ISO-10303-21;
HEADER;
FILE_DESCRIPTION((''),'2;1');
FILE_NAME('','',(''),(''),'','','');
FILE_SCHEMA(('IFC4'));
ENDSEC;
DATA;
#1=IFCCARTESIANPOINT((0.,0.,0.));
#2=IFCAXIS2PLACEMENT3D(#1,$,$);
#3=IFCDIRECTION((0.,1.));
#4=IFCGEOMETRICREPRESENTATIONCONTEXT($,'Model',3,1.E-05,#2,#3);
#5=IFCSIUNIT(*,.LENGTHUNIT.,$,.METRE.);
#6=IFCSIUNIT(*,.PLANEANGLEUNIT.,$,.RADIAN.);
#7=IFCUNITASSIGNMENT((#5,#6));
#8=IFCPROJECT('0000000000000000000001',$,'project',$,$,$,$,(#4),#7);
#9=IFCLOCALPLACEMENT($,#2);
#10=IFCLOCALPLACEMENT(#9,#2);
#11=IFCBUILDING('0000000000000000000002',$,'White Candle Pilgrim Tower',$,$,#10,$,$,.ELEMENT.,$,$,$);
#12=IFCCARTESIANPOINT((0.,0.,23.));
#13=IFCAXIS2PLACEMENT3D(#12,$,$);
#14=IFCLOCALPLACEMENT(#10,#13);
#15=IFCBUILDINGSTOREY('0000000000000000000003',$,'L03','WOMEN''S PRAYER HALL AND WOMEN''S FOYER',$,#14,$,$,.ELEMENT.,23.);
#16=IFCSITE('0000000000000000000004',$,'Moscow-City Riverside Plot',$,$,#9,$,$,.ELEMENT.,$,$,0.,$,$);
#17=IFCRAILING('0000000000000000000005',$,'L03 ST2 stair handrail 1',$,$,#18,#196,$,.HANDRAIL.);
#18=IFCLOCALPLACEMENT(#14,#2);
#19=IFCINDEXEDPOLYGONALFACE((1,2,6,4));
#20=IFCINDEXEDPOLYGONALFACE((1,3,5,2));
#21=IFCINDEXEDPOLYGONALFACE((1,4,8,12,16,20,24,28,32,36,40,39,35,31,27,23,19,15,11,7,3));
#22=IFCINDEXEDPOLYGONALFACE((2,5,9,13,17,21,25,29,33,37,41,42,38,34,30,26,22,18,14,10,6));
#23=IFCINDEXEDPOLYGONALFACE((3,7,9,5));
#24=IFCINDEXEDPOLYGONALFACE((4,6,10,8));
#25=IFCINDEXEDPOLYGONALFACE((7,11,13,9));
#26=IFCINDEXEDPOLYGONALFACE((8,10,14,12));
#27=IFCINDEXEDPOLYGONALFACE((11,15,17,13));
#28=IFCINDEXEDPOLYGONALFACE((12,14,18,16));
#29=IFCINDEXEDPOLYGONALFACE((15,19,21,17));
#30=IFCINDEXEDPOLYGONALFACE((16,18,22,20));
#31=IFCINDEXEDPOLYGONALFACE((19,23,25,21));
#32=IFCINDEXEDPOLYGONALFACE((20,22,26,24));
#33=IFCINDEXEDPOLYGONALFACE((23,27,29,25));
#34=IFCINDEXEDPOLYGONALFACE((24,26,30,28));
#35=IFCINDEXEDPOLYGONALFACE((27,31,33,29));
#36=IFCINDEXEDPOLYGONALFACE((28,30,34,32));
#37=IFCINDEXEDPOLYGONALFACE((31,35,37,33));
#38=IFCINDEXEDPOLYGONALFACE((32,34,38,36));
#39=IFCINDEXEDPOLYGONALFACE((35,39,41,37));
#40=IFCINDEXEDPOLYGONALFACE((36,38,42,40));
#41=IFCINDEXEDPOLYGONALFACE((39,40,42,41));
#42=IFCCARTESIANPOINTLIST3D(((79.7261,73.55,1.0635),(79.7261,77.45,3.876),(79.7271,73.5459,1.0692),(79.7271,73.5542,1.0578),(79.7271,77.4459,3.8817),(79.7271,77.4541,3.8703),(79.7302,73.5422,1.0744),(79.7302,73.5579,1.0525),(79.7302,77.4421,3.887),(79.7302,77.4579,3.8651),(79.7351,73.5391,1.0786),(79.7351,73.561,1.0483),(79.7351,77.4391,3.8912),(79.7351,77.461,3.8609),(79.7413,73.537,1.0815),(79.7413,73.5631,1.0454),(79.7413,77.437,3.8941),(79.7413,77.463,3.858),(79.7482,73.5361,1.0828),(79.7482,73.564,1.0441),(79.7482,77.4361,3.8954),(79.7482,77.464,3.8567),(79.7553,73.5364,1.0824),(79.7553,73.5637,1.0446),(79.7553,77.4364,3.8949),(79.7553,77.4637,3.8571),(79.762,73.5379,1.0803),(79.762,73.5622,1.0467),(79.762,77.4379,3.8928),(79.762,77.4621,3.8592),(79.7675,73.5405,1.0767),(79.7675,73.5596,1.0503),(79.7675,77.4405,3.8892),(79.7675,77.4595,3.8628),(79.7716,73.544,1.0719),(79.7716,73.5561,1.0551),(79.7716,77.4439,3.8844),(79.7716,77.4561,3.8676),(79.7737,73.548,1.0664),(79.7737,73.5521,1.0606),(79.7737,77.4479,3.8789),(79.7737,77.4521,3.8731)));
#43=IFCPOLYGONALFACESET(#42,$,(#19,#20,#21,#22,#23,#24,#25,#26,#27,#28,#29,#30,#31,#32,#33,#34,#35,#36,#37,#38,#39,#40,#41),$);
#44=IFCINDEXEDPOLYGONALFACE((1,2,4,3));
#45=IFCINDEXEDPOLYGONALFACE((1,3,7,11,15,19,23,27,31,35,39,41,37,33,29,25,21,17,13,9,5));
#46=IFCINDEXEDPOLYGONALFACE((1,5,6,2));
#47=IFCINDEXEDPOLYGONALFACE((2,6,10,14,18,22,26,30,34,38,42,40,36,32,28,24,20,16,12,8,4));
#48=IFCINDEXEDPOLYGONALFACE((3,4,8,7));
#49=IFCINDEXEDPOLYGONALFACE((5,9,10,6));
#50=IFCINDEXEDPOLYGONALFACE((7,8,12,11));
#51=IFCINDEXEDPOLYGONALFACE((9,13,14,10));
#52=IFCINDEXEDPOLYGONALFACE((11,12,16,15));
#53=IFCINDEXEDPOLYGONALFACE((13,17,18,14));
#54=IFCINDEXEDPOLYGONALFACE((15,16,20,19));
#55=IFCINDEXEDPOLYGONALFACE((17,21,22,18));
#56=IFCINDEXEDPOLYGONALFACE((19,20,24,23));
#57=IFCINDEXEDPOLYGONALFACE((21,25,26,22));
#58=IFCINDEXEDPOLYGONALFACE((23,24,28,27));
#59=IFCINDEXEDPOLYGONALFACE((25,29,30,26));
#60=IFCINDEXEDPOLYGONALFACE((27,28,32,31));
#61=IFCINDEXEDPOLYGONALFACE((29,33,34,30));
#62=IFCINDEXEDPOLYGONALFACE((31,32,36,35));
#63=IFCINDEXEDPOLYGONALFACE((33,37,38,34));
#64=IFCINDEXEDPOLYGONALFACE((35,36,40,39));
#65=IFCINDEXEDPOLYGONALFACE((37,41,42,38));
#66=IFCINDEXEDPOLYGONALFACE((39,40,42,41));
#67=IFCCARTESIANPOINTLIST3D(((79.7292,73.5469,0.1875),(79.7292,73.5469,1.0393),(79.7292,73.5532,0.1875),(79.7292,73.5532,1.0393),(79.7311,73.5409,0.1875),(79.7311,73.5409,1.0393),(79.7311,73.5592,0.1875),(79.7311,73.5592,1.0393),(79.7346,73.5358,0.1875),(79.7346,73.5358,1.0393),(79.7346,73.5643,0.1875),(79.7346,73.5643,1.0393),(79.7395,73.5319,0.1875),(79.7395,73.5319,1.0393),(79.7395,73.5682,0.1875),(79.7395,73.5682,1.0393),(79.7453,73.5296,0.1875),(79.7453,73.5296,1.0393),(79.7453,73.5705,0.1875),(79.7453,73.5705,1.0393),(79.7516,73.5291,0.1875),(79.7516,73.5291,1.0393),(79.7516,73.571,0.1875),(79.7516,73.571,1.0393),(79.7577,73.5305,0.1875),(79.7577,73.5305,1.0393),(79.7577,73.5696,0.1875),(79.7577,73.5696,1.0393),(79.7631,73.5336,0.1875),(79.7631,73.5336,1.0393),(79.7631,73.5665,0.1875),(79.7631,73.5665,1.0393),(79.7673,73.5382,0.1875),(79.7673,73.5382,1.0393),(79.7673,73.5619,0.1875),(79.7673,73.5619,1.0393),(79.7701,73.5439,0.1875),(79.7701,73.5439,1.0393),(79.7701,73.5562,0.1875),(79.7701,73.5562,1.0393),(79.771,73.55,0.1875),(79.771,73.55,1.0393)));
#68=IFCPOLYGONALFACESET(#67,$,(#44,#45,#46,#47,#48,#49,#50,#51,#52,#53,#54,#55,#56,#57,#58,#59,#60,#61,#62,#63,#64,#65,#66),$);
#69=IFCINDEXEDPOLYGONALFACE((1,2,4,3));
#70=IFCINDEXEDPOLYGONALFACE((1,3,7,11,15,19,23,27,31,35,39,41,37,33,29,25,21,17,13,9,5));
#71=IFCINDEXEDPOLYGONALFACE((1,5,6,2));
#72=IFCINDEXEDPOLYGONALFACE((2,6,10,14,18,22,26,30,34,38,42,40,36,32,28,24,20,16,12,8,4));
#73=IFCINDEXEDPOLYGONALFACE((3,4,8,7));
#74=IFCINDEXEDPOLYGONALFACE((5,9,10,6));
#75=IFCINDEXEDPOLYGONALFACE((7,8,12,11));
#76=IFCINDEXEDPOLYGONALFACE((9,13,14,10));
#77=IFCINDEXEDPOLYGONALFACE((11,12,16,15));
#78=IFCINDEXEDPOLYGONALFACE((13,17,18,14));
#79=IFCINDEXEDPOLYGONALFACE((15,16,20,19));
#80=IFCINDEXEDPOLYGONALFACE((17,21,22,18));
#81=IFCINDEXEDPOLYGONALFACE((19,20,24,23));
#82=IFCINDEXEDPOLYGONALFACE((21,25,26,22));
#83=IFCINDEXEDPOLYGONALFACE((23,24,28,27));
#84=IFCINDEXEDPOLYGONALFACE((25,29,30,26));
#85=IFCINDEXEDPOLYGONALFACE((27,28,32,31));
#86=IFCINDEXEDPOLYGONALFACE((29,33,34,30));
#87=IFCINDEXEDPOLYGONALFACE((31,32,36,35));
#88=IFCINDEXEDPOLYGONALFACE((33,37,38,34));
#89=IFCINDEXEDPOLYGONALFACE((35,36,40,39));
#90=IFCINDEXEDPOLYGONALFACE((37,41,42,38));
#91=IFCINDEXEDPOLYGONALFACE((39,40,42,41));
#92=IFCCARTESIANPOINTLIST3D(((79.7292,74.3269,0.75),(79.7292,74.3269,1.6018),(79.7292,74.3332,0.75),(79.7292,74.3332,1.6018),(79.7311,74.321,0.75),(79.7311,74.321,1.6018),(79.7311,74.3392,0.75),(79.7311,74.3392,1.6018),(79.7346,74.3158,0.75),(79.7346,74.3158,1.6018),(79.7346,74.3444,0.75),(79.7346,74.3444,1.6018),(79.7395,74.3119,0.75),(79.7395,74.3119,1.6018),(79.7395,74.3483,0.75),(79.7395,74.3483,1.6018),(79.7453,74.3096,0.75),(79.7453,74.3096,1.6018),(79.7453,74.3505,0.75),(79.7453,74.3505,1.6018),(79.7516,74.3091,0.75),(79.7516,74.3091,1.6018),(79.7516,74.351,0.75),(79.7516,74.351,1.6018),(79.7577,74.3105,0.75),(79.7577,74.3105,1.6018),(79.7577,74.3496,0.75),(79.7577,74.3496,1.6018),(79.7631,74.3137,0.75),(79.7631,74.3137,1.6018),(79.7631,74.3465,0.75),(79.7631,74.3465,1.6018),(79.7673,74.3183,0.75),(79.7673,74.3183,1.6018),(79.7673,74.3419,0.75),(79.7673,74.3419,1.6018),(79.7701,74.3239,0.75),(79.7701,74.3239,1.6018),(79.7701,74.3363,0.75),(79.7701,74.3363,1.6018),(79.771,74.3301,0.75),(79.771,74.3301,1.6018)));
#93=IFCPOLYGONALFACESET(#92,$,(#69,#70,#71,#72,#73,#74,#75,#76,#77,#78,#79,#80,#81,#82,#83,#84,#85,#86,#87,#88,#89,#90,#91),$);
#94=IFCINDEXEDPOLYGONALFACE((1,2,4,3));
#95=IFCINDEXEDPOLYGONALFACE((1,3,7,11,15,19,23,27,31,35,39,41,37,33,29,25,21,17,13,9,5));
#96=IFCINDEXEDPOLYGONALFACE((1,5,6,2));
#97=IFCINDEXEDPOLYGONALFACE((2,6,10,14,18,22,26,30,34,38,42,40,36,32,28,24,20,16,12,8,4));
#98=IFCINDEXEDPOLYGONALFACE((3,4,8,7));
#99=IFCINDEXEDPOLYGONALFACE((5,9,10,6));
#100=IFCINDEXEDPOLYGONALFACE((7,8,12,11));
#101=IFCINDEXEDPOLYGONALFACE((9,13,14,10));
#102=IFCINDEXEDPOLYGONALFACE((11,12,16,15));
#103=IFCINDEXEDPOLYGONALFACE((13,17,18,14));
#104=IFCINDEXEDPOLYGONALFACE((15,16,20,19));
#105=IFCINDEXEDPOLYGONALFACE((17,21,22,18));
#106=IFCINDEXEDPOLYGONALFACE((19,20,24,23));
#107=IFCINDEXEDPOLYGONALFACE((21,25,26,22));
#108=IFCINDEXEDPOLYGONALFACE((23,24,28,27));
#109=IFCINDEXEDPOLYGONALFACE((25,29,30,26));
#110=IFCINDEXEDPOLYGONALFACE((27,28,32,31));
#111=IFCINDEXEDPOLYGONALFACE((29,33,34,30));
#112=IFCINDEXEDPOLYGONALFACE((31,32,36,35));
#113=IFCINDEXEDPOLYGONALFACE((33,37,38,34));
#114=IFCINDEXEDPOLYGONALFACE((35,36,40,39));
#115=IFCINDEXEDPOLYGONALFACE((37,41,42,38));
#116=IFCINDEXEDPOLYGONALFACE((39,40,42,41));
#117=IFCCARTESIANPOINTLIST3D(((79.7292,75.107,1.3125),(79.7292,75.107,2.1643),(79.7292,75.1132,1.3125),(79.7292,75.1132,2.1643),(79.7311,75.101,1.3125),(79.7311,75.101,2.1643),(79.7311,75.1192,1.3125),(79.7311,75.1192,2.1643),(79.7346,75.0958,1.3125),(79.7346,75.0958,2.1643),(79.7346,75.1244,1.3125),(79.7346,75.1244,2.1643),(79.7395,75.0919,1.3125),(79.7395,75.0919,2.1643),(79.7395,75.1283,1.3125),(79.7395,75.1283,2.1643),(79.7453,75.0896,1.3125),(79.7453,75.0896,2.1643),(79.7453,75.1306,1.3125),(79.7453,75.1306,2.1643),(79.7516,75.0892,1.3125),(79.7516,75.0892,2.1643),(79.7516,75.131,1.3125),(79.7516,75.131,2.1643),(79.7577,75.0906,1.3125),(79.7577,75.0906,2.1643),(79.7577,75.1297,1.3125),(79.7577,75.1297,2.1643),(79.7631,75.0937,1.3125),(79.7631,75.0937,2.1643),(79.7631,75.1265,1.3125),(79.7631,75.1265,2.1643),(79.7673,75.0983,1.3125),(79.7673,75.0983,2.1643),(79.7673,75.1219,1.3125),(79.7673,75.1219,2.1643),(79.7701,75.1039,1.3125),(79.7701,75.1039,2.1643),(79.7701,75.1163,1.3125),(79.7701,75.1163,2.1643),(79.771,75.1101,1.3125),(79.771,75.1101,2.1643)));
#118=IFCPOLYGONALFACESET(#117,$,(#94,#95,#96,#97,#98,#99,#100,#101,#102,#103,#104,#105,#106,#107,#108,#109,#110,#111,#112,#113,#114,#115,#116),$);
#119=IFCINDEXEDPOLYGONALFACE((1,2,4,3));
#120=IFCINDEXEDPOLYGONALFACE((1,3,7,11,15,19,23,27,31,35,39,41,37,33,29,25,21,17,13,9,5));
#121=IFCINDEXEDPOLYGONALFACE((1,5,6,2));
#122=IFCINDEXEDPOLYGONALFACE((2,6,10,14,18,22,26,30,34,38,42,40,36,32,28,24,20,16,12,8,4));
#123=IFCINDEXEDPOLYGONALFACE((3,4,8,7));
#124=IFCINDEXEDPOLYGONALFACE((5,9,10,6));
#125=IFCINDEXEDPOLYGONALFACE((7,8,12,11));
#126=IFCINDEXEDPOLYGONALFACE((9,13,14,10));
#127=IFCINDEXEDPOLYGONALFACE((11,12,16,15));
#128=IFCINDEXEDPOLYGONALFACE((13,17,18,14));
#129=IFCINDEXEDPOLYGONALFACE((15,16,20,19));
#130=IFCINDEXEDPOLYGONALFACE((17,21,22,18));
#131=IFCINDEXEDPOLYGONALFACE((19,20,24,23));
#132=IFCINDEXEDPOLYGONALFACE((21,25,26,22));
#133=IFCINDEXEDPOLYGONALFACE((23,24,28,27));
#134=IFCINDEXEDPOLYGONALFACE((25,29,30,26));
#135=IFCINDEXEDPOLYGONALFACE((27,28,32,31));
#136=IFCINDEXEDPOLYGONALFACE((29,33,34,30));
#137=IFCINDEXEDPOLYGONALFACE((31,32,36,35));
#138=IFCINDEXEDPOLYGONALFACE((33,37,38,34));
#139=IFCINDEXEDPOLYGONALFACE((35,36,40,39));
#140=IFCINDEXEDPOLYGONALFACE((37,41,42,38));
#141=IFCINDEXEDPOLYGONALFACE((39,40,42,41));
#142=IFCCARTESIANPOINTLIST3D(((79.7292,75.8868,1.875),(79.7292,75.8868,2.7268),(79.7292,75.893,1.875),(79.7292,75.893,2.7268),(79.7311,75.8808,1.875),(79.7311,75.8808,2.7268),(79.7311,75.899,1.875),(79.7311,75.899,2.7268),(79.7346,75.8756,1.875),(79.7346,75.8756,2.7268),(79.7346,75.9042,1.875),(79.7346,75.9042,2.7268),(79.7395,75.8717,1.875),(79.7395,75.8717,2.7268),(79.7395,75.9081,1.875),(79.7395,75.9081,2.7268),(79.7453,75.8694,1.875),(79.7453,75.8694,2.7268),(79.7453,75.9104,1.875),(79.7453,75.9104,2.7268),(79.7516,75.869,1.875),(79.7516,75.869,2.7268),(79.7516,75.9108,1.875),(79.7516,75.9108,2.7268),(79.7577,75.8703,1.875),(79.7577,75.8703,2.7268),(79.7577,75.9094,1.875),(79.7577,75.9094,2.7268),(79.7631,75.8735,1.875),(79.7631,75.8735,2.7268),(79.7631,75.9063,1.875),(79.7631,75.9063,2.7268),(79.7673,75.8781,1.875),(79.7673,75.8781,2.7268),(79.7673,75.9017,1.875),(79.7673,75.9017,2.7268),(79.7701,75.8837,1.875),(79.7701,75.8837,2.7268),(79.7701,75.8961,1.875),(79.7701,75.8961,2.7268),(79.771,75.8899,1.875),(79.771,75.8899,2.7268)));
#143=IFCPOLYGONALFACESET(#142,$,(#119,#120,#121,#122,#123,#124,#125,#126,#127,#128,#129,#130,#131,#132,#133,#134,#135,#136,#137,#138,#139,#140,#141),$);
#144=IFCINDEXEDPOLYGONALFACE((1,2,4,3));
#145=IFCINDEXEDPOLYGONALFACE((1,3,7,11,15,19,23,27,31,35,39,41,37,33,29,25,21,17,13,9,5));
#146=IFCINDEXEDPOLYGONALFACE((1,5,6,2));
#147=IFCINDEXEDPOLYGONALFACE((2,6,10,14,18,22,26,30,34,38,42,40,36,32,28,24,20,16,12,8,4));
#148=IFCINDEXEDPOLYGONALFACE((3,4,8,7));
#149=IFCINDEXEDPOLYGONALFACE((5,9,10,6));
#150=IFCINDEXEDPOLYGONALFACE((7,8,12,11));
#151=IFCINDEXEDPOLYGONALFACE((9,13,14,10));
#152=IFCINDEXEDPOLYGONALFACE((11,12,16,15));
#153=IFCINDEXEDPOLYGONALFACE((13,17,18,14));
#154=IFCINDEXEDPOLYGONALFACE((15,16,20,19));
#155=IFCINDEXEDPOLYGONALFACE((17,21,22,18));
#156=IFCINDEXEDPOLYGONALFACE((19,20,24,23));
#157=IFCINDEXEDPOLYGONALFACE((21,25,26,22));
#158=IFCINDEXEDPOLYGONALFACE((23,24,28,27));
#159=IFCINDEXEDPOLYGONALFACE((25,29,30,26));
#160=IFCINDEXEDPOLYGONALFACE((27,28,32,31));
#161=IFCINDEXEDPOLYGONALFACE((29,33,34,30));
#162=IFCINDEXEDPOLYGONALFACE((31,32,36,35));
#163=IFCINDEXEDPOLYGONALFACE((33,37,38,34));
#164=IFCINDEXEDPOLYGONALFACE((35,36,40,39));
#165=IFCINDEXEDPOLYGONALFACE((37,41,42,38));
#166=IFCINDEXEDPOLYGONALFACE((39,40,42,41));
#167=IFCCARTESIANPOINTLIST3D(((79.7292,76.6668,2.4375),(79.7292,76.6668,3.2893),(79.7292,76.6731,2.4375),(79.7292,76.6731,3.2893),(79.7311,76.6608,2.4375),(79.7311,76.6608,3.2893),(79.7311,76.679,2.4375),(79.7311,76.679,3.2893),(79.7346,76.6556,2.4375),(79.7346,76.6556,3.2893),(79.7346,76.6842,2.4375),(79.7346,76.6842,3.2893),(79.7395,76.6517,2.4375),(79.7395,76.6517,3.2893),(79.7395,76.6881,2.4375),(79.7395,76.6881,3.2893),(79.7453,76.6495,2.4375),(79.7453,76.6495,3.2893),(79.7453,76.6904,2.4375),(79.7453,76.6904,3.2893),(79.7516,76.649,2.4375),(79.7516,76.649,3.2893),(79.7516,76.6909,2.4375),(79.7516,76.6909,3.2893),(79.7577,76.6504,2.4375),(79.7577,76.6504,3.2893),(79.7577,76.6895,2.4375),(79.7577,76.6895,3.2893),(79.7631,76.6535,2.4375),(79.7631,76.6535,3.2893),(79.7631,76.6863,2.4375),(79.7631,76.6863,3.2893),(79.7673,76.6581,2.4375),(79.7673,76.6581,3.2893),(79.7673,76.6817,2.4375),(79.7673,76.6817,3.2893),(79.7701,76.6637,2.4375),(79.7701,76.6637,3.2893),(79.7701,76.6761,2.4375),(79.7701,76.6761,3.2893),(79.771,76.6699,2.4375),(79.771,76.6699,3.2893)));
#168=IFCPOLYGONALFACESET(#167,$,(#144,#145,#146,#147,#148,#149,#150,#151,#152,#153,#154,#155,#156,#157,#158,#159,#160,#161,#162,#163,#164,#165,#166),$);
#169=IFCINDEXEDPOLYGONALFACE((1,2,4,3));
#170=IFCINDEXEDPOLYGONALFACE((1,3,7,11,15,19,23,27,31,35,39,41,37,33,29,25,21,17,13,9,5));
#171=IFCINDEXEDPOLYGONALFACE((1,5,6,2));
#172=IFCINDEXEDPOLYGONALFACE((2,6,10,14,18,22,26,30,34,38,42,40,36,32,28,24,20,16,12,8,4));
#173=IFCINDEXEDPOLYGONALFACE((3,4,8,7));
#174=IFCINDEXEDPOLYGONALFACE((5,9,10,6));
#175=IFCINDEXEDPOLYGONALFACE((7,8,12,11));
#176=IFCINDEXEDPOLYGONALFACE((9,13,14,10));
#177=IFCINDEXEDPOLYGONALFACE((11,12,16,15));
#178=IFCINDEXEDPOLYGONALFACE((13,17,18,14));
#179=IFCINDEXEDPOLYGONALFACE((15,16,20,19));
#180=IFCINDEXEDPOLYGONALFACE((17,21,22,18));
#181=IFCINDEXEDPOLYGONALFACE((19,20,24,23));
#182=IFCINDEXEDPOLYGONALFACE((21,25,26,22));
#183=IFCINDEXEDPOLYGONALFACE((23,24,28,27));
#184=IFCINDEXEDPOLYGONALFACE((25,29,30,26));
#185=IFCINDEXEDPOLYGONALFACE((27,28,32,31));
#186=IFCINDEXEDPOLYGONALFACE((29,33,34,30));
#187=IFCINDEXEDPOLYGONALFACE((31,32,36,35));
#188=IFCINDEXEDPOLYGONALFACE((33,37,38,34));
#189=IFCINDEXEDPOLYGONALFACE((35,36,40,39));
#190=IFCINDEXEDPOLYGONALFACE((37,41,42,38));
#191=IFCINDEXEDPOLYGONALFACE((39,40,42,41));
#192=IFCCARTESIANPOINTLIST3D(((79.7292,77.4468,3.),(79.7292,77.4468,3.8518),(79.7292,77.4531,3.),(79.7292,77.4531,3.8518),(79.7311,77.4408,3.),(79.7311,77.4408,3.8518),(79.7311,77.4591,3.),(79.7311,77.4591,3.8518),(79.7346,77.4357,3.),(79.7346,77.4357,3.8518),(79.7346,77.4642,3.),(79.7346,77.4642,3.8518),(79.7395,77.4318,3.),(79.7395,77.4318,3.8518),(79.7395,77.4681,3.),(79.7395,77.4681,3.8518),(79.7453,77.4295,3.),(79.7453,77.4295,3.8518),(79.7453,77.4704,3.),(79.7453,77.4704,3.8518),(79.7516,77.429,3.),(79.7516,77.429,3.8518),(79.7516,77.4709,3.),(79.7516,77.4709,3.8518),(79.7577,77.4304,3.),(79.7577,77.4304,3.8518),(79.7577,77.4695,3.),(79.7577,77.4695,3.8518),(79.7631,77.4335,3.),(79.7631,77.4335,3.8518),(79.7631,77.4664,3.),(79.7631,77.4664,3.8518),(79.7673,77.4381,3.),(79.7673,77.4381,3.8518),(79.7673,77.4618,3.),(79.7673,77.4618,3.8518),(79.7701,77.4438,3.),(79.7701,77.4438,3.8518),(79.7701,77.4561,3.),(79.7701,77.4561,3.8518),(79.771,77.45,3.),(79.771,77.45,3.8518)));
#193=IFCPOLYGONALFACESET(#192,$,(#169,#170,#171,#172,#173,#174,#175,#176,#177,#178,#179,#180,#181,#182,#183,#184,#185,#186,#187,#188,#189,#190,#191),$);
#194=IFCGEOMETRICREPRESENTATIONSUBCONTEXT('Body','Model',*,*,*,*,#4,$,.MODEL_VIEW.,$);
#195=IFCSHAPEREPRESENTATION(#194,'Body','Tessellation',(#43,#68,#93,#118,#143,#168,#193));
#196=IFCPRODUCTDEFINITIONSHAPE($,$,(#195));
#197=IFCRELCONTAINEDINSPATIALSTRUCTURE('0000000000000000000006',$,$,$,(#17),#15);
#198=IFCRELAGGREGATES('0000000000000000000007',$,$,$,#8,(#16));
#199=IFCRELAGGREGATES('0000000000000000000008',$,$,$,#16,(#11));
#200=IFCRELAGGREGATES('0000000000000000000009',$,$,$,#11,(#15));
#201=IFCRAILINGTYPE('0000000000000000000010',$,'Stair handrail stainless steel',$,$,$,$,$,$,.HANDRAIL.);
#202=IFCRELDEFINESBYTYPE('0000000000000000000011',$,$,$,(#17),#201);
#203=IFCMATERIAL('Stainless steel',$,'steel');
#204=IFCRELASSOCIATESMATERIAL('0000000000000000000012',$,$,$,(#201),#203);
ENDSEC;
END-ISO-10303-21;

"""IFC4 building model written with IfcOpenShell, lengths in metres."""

from ifc_helpers import new_model, si_unit, direction, frame, origin, origin_2d, place, context, subcontext, project, spatial, circle, extrude, material, type_object, element, save


model = new_model("IFC4")

# Units and contexts
model_context = context("Model", 3, precision=1e-05, world=origin(), true_north=direction((0.0, 1.0)))
body_context = subcontext(model_context, "Body", "Model", "MODEL_VIEW")
ifc_project = project(units=[si_unit("LENGTHUNIT", "METRE"), si_unit("PLANEANGLEUNIT", "RADIAN")], contexts=[model_context])

# Site, building, storey
site_placement = place(None, origin())
site = spatial("IfcSite", under=ifc_project, at=site_placement, Name="Moscow-City Riverside Plot", CompositionType="ELEMENT", RefElevation=0.0)
building_placement = place(site_placement, origin())
building = spatial("IfcBuilding", under=site, at=building_placement, Name="White Candle Pilgrim Tower", CompositionType="ELEMENT")
storey_placement = place(building_placement, frame((0.0, 0.0, 23.0)))
storey = spatial("IfcBuildingStorey", under=building, at=storey_placement, Name="L03", Description="WOMEN'S PRAYER HALL AND WOMEN'S FOYER", CompositionType="ELEMENT", Elevation=23.0)

# Railing
ifc_material_1 = material(Name="Stainless steel", Category="steel")
railing_type_1 = type_object("IfcRailingType", Name="Stair handrail stainless steel", PredefinedType="HANDRAIL", material=ifc_material_1)
railing_1_placement = place(storey_placement, frame((79.75, 73.55, 0.1875)))
element("IfcRailing", 1, at=railing_1_placement, inside=storey, type_object=railing_type_1, Name="L03 ST2 stair handrail 1", PredefinedType="HANDRAIL", context=body_context, shape_type="SweptSolid", body=[
    extrude(circle(Radius=0.0239, at=origin_2d()), frame((0.0, 0.0, 0.876), z_axis=(0.0, 0.811083, 0.584931), x_axis=(-1.0, 0.0, 0.0)), (0.0, 0.0, 1.0), 4.8083),
    extrude(circle(Radius=0.021, at=origin_2d()), origin(), (0.0, 0.0, 1.0), 0.8518),
    extrude(circle(Radius=0.021, at=origin_2d()), frame((0.0, 0.78, 0.5625)), (0.0, 0.0, 1.0), 0.8518),
    extrude(circle(Radius=0.021, at=origin_2d()), frame((0.0, 1.5601, 1.125)), (0.0, 0.0, 1.0), 0.8518),
    extrude(circle(Radius=0.021, at=origin_2d()), frame((0.0, 2.3398, 1.6875)), (0.0, 0.0, 1.0), 0.8518),
    extrude(circle(Radius=0.021, at=origin_2d()), frame((0.0, 3.1199, 2.25)), (0.0, 0.0, 1.0), 0.8518),
    extrude(circle(Radius=0.021, at=origin_2d()), frame((0.0, 3.8999, 2.8125)), (0.0, 0.0, 1.0), 0.8518),
])

save(model, "model.ifc")
